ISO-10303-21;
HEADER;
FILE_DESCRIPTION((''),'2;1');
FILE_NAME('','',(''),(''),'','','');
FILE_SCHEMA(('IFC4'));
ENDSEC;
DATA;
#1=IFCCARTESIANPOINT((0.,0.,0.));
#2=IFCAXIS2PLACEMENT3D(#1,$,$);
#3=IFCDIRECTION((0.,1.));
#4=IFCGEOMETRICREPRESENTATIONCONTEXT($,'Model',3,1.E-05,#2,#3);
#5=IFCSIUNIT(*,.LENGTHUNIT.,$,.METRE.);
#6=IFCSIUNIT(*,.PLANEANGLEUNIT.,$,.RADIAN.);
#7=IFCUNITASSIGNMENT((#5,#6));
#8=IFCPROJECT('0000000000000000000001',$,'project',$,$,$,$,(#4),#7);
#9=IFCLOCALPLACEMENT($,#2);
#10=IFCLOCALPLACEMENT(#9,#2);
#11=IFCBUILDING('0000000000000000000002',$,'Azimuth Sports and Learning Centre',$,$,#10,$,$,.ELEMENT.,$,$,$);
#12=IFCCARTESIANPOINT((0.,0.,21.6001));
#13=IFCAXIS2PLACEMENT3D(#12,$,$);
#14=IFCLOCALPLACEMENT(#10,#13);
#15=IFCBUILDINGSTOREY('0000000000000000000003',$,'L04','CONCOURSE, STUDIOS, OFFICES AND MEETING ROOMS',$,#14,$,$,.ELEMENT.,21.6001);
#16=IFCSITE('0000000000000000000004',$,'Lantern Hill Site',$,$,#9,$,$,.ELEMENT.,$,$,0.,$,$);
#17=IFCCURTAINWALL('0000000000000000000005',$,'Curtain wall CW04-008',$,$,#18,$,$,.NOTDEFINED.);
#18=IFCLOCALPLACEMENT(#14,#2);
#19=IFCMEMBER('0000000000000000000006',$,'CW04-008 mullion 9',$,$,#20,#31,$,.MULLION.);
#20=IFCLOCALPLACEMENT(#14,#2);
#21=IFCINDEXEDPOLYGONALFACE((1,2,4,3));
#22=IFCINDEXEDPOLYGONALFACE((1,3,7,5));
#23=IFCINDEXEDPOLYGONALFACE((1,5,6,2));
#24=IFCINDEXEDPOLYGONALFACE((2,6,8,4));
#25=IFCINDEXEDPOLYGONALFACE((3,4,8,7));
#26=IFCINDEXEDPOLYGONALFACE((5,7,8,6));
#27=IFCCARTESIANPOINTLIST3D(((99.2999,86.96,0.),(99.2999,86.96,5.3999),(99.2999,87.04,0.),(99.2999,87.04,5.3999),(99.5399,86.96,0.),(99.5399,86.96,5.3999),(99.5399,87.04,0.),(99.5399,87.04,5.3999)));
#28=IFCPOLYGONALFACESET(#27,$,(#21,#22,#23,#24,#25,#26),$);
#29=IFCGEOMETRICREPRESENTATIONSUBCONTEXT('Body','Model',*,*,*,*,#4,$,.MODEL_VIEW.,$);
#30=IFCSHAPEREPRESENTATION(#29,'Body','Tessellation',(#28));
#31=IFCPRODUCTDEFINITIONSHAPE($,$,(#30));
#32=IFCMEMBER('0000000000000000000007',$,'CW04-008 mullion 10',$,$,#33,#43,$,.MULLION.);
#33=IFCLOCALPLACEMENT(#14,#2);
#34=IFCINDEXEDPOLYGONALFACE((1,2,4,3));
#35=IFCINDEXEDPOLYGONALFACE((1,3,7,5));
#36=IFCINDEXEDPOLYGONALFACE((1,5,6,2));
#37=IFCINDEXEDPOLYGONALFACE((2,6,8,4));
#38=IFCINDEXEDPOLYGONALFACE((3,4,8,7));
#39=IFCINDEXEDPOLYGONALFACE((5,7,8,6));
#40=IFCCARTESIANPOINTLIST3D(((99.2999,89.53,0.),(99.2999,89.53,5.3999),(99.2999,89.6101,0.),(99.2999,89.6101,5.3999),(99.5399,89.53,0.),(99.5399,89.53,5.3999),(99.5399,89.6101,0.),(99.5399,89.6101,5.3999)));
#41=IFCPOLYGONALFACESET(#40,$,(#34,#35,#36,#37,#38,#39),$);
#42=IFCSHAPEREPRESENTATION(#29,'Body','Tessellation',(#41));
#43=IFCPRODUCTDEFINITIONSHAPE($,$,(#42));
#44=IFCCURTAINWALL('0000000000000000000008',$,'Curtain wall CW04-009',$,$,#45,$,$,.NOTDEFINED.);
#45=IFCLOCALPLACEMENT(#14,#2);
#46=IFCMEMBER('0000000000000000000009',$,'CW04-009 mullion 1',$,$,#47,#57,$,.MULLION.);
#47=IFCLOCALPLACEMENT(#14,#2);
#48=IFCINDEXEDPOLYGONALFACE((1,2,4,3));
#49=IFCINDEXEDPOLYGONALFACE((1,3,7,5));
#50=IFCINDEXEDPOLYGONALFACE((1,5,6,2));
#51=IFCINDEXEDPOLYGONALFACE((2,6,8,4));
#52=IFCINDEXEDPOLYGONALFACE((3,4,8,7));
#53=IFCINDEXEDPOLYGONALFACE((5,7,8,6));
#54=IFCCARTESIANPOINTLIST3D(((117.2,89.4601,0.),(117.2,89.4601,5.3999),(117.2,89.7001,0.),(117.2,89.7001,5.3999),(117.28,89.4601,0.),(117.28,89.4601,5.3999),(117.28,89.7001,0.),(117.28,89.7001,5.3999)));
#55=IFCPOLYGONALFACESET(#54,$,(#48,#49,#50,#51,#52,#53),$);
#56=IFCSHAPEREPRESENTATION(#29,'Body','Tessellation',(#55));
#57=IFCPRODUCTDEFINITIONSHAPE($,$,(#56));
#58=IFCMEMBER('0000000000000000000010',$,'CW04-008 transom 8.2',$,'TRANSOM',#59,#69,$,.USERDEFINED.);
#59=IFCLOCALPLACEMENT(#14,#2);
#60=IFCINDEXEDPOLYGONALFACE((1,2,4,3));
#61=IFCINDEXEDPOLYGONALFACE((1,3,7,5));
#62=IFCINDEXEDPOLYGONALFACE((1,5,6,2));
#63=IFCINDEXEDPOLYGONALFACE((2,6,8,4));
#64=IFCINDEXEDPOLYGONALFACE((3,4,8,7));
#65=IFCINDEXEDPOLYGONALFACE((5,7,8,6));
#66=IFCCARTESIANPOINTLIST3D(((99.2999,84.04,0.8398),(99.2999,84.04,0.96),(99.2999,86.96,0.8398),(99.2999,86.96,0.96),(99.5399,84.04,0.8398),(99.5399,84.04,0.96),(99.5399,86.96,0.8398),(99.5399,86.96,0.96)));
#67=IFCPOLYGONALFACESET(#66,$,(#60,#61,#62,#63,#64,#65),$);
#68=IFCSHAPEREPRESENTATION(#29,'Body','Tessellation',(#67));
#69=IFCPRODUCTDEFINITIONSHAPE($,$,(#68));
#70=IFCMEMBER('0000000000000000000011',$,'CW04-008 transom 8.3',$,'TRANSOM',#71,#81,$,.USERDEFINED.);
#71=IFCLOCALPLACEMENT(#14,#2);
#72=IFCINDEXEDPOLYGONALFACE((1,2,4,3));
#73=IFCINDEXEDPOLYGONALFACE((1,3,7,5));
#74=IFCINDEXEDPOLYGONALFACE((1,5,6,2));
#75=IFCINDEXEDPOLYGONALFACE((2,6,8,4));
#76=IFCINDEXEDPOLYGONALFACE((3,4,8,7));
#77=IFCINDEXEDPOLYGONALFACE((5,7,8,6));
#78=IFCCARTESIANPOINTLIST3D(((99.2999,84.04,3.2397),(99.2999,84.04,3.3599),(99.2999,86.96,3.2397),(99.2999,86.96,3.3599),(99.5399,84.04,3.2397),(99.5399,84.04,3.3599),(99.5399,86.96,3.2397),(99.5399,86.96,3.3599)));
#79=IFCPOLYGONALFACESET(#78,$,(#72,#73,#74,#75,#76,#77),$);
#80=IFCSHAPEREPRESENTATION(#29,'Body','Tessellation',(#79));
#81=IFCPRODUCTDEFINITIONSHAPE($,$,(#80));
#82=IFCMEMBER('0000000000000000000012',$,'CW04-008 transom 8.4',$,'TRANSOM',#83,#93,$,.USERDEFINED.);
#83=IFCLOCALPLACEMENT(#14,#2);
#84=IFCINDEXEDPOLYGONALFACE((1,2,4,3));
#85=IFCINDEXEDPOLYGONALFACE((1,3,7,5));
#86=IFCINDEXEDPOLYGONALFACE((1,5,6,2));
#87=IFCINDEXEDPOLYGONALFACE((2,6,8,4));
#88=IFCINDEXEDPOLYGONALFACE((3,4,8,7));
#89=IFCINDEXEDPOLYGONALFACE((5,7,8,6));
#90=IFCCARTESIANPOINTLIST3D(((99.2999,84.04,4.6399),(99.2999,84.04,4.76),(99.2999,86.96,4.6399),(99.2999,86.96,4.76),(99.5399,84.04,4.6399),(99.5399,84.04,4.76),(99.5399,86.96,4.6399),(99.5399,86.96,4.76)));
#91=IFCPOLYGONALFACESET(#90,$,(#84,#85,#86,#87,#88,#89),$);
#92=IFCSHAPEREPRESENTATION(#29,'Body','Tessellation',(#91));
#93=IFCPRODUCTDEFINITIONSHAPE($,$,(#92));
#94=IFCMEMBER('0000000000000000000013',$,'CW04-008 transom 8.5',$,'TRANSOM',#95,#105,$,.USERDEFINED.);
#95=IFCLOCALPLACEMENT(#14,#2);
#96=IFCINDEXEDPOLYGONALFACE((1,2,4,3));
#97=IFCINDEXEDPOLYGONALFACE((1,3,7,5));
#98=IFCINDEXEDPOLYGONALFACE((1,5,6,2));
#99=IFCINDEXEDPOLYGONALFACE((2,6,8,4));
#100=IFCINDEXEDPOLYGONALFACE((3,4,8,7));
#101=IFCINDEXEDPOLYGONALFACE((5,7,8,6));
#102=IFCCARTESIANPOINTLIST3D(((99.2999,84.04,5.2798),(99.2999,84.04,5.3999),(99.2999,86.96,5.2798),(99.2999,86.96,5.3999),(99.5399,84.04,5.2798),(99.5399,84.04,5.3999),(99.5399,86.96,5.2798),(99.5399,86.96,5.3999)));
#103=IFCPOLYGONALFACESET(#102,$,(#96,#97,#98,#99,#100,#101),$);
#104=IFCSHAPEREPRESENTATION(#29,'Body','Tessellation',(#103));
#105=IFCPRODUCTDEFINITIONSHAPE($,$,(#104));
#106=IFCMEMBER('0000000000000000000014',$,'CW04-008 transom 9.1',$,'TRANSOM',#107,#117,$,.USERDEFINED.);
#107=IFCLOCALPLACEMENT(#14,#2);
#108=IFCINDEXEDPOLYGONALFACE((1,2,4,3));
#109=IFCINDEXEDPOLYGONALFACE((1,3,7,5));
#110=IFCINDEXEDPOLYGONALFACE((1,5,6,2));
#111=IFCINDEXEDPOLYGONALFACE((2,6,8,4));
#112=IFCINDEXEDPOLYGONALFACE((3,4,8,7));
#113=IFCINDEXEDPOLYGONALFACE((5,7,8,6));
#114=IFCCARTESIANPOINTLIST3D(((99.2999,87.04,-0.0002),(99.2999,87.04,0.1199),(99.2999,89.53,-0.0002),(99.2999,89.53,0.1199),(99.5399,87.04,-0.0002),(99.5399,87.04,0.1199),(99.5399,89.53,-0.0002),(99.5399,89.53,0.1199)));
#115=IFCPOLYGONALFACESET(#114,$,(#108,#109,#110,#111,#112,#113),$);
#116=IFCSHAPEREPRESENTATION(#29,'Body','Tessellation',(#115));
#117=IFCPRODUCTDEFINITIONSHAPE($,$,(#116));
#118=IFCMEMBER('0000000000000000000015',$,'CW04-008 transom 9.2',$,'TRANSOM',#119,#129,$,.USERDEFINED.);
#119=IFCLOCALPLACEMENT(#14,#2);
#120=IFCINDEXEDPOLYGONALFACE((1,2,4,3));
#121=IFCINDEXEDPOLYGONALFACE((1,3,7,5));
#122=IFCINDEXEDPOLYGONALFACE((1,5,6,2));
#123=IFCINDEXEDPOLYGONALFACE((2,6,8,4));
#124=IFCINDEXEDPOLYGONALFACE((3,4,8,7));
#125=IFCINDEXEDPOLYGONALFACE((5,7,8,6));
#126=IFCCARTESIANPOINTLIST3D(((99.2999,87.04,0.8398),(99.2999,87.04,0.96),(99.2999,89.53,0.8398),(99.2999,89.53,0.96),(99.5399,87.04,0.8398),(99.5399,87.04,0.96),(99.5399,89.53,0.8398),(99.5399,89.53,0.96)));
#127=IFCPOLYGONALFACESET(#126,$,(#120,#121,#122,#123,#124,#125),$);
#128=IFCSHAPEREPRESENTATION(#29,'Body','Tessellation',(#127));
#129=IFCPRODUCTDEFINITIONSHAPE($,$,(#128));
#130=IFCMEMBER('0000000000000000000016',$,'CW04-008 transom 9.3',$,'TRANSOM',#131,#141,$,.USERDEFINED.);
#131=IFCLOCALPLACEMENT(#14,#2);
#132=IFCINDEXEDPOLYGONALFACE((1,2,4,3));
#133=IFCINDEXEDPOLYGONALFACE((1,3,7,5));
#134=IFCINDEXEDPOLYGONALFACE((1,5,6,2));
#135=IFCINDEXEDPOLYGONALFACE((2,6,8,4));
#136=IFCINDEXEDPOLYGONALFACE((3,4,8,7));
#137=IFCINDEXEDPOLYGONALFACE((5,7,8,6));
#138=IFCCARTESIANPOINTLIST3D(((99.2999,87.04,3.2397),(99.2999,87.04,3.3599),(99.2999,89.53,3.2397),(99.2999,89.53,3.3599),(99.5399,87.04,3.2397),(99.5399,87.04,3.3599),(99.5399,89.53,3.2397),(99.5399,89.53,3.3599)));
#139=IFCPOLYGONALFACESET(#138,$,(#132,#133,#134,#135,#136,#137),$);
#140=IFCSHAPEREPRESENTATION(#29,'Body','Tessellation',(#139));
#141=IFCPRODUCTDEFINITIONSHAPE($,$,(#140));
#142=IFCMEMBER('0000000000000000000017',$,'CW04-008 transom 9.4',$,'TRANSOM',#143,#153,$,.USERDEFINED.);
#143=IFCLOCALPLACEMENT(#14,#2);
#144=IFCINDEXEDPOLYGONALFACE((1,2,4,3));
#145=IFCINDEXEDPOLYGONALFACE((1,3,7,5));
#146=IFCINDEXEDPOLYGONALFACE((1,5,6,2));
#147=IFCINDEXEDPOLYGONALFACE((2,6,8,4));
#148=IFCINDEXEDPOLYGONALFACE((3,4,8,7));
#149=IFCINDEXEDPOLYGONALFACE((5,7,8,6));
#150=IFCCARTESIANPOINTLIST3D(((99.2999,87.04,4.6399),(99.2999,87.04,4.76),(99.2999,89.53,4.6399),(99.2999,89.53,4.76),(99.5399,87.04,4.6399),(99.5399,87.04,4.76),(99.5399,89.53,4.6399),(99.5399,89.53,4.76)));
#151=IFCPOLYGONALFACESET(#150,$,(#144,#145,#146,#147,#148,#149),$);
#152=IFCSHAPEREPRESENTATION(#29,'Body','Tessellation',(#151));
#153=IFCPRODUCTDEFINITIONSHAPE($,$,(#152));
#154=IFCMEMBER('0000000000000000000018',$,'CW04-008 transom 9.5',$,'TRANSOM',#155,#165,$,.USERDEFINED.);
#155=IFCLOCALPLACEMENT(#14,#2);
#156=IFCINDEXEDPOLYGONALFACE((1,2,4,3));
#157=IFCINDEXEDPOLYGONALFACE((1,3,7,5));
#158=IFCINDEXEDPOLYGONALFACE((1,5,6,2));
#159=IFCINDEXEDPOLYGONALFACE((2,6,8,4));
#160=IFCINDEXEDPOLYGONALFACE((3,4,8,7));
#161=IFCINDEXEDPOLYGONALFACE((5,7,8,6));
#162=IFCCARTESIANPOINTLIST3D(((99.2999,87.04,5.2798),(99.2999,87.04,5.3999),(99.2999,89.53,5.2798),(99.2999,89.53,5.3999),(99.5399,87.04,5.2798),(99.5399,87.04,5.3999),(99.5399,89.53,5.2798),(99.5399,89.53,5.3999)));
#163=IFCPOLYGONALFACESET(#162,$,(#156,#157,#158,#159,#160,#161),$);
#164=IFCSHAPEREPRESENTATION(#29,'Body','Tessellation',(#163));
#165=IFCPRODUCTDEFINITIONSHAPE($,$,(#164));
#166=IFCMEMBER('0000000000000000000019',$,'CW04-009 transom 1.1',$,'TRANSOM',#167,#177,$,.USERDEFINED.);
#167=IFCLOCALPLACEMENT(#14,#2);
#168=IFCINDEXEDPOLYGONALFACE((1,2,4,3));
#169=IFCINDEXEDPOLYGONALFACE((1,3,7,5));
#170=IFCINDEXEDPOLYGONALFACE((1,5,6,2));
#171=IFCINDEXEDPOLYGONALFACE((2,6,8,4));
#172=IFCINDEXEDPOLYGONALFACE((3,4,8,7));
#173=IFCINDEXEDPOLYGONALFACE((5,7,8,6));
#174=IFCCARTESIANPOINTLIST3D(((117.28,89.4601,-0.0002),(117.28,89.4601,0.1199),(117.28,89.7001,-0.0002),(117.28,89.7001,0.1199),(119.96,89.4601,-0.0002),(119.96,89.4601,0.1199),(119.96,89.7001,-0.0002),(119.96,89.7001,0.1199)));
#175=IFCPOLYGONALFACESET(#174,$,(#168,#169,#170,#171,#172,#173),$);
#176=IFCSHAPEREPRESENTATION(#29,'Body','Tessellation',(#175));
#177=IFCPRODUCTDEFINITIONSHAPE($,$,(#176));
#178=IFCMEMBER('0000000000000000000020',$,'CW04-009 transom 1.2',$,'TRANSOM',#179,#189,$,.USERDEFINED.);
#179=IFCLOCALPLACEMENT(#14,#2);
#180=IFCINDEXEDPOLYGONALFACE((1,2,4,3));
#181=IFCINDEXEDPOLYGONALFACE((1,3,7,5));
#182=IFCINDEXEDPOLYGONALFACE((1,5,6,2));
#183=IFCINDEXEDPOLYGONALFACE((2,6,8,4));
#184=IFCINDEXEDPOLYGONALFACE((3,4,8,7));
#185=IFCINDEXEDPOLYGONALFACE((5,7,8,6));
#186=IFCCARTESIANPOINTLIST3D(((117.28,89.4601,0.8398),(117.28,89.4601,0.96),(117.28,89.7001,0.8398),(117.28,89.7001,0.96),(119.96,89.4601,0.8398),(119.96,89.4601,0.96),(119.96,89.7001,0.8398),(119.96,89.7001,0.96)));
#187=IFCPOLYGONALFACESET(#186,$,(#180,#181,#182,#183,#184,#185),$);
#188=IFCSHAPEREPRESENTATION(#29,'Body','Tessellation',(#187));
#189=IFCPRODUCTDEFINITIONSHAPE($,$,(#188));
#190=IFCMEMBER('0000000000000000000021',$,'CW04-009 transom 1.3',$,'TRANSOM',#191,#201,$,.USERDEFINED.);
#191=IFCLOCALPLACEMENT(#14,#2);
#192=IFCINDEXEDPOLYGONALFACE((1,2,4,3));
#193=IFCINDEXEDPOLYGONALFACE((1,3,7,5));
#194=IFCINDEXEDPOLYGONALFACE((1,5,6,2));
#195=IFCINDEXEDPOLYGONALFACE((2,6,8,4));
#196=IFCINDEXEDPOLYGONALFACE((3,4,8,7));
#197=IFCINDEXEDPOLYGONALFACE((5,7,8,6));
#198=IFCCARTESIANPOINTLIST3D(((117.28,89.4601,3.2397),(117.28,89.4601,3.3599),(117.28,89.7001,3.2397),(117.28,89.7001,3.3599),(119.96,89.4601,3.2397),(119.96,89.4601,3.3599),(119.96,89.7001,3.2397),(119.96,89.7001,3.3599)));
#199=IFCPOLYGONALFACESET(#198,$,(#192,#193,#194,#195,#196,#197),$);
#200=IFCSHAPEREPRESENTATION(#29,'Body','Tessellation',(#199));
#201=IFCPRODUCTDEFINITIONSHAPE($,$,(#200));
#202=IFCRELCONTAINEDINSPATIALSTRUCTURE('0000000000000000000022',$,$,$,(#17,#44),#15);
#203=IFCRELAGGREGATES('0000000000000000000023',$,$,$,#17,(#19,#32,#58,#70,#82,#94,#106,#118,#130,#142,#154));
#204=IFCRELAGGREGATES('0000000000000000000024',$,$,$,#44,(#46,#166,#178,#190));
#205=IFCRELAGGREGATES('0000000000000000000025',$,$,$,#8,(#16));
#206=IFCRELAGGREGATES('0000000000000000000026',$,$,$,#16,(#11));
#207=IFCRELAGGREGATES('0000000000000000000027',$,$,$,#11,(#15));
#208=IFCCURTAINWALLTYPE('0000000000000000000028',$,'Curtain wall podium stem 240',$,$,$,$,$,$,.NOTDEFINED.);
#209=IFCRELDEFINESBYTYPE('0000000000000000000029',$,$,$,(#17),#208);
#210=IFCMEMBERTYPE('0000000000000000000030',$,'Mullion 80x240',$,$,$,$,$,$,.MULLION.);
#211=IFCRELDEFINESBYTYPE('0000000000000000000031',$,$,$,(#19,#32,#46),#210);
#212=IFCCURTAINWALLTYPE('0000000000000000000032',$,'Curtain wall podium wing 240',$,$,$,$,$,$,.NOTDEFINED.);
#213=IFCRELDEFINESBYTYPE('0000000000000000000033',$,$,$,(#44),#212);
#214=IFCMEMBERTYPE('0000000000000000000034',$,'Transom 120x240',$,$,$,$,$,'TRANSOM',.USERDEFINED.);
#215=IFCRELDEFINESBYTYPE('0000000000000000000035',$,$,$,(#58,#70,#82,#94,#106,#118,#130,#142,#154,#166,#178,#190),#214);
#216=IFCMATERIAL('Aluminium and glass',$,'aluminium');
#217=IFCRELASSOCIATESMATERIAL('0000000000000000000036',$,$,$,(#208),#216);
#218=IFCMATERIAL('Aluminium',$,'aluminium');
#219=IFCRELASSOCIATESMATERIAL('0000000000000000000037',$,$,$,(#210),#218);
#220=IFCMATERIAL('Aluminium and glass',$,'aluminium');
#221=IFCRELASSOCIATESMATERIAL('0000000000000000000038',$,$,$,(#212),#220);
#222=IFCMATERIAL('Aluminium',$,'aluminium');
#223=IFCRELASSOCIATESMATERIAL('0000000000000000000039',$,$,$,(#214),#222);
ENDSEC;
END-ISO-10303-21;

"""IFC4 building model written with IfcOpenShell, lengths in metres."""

from ifc_helpers import new_model, si_unit, direction, frame, origin, origin_2d, place, context, subcontext, project, spatial, rectangle, extrude, material, material_profile, profile_set, type_object, element, aggregate, save


model = new_model("IFC4")

# Units and contexts
model_context = context("Model", 3, precision=1e-05, world=origin(), true_north=direction((0.0, 1.0)))
body_context = subcontext(model_context, "Body", "Model", "MODEL_VIEW")
ifc_project = project(units=[si_unit("LENGTHUNIT", "METRE"), si_unit("PLANEANGLEUNIT", "RADIAN")], contexts=[model_context])

# Site, building, storey
site_placement = place(None, origin())
site = spatial("IfcSite", under=ifc_project, at=site_placement, Name="Lantern Hill Site", CompositionType="ELEMENT", RefElevation=0.0)
building_placement = place(site_placement, origin())
building = spatial("IfcBuilding", under=site, at=building_placement, Name="Azimuth Sports and Learning Centre", CompositionType="ELEMENT")
storey_placement = place(building_placement, frame((0.0, 0.0, 21.6001)))
storey = spatial("IfcBuildingStorey", under=building, at=storey_placement, Name="L04", Description="CONCOURSE, STUDIOS, OFFICES AND MEETING ROOMS", CompositionType="ELEMENT", Elevation=21.6001)

# Curtain wall, members
ifc_material_1 = material(Name="Aluminium and glass", Category="aluminium")
curtain_wall_type_1 = type_object("IfcCurtainWallType", Name="Curtain wall podium stem 240", PredefinedType="NOTDEFINED", material=ifc_material_1)
curtain_wall_1_placement = place(storey_placement, origin())
curtain_wall_1 = element("IfcCurtainWall", 1, at=curtain_wall_1_placement, inside=storey, type_object=curtain_wall_type_1, Name="Curtain wall CW04-008", PredefinedType="NOTDEFINED")
ifc_material_2 = material(Name="Aluminium", Category="aluminium")
ifc_material_profile_1 = material_profile(ifc_material_2, rectangle(XDim=0.24, YDim=0.0801, at=origin_2d()), Name="Mullion 80x240")
ifc_profile_set_1 = profile_set([ifc_material_profile_1], Name="Aluminium")
member_type_1 = type_object("IfcMemberType", Name="Mullion 80x240", PredefinedType="MULLION", material=ifc_profile_set_1)
member_1_placement = place(storey_placement, frame((99.4199, 87.0, 0.0), z_axis=(0.0, 0.0, 1.0), x_axis=(-1.0, 0.0, 0.0)))
member_1 = element("IfcMember", 2, at=member_1_placement, type_object=member_type_1, Name="CW04-008 mullion 9", PredefinedType="MULLION", context=body_context, shape_type="SweptSolid", body=[
    extrude(rectangle(XDim=0.24, YDim=0.0801, at=origin_2d()), origin(), (0.0, 0.0, 1.0), 5.3999),
])
member_2_placement = place(storey_placement, frame((99.4199, 89.5701, 0.0), z_axis=(0.0, 0.0, 1.0), x_axis=(-1.0, 0.0, 0.0)))
member_2 = element("IfcMember", 3, at=member_2_placement, type_object=member_type_1, Name="CW04-008 mullion 10", PredefinedType="MULLION", context=body_context, shape_type="SweptSolid", body=[
    extrude(rectangle(XDim=0.24, YDim=0.0801, at=origin_2d()), origin(), (0.0, 0.0, 1.0), 5.3999),
])

# Curtain wall, member
ifc_material_3 = material(Name="Aluminium and glass", Category="aluminium")
curtain_wall_type_2 = type_object("IfcCurtainWallType", Name="Curtain wall podium wing 240", PredefinedType="NOTDEFINED", material=ifc_material_3)
curtain_wall_2_placement = place(storey_placement, origin())
curtain_wall_2 = element("IfcCurtainWall", 4, at=curtain_wall_2_placement, inside=storey, type_object=curtain_wall_type_2, Name="Curtain wall CW04-009", PredefinedType="NOTDEFINED")
member_3_placement = place(storey_placement, frame((117.24, 89.5801, 0.0), z_axis=(0.0, 0.0, 1.0), x_axis=(0.0, 1.0, 0.0)))
member_3 = element("IfcMember", 5, at=member_3_placement, type_object=member_type_1, Name="CW04-009 mullion 1", PredefinedType="MULLION", context=body_context, shape_type="SweptSolid", body=[
    extrude(rectangle(XDim=0.24, YDim=0.0801, at=origin_2d()), origin(), (0.0, 0.0, 1.0), 5.3999),
])

# Members
ifc_material_4 = material(Name="Aluminium", Category="aluminium")
ifc_material_profile_2 = material_profile(ifc_material_4, rectangle(XDim=0.24, YDim=0.1201, at=origin_2d()), Name="Transom 120x240")
ifc_profile_set_2 = profile_set([ifc_material_profile_2], Name="Aluminium")
member_type_2 = type_object("IfcMemberType", Name="Transom 120x240", ElementType="TRANSOM", PredefinedType="USERDEFINED", material=ifc_profile_set_2)
member_4_placement = place(storey_placement, frame((99.4199, 84.04, 0.8999), z_axis=(0.0, 1.0, 0.0), x_axis=(-1.0, 0.0, 0.0)))
member_4 = element("IfcMember", 6, at=member_4_placement, type_object=member_type_2, Name="CW04-008 transom 8.2", ObjectType="TRANSOM", PredefinedType="USERDEFINED", context=body_context, shape_type="SweptSolid", body=[
    extrude(rectangle(XDim=0.24, YDim=0.1201, at=origin_2d()), origin(), (0.0, 0.0, 1.0), 2.9199),
])
member_5_placement = place(storey_placement, frame((99.4199, 84.04, 3.2998), z_axis=(0.0, 1.0, 0.0), x_axis=(-1.0, 0.0, 0.0)))
member_5 = element("IfcMember", 7, at=member_5_placement, type_object=member_type_2, Name="CW04-008 transom 8.3", ObjectType="TRANSOM", PredefinedType="USERDEFINED", context=body_context, shape_type="SweptSolid", body=[
    extrude(rectangle(XDim=0.24, YDim=0.1201, at=origin_2d()), origin(), (0.0, 0.0, 1.0), 2.9199),
])
member_6_placement = place(storey_placement, frame((99.4199, 84.04, 4.7), z_axis=(0.0, 1.0, 0.0), x_axis=(-1.0, 0.0, 0.0)))
member_6 = element("IfcMember", 8, at=member_6_placement, type_object=member_type_2, Name="CW04-008 transom 8.4", ObjectType="TRANSOM", PredefinedType="USERDEFINED", context=body_context, shape_type="SweptSolid", body=[
    extrude(rectangle(XDim=0.24, YDim=0.1201, at=origin_2d()), origin(), (0.0, 0.0, 1.0), 2.9199),
])
member_7_placement = place(storey_placement, frame((99.4199, 84.04, 5.3398), z_axis=(0.0, 1.0, 0.0), x_axis=(-1.0, 0.0, 0.0)))
member_7 = element("IfcMember", 9, at=member_7_placement, type_object=member_type_2, Name="CW04-008 transom 8.5", ObjectType="TRANSOM", PredefinedType="USERDEFINED", context=body_context, shape_type="SweptSolid", body=[
    extrude(rectangle(XDim=0.24, YDim=0.1201, at=origin_2d()), origin(), (0.0, 0.0, 1.0), 2.9199),
])
member_8_placement = place(storey_placement, frame((99.4199, 87.04, 0.0598), z_axis=(0.0, 1.0, 0.0), x_axis=(-1.0, 0.0, 0.0)))
member_8 = element("IfcMember", 10, at=member_8_placement, type_object=member_type_2, Name="CW04-008 transom 9.1", ObjectType="TRANSOM", PredefinedType="USERDEFINED", context=body_context, shape_type="SweptSolid", body=[
    extrude(rectangle(XDim=0.24, YDim=0.1201, at=origin_2d()), origin(), (0.0, 0.0, 1.0), 2.49),
])
member_9_placement = place(storey_placement, frame((99.4199, 87.04, 0.8999), z_axis=(0.0, 1.0, 0.0), x_axis=(-1.0, 0.0, 0.0)))
member_9 = element("IfcMember", 11, at=member_9_placement, type_object=member_type_2, Name="CW04-008 transom 9.2", ObjectType="TRANSOM", PredefinedType="USERDEFINED", context=body_context, shape_type="SweptSolid", body=[
    extrude(rectangle(XDim=0.24, YDim=0.1201, at=origin_2d()), origin(), (0.0, 0.0, 1.0), 2.49),
])
member_10_placement = place(storey_placement, frame((99.4199, 87.04, 3.2998), z_axis=(0.0, 1.0, 0.0), x_axis=(-1.0, 0.0, 0.0)))
member_10 = element("IfcMember", 12, at=member_10_placement, type_object=member_type_2, Name="CW04-008 transom 9.3", ObjectType="TRANSOM", PredefinedType="USERDEFINED", context=body_context, shape_type="SweptSolid", body=[
    extrude(rectangle(XDim=0.24, YDim=0.1201, at=origin_2d()), origin(), (0.0, 0.0, 1.0), 2.49),
])
member_11_placement = place(storey_placement, frame((99.4199, 87.04, 4.7), z_axis=(0.0, 1.0, 0.0), x_axis=(-1.0, 0.0, 0.0)))
member_11 = element("IfcMember", 13, at=member_11_placement, type_object=member_type_2, Name="CW04-008 transom 9.4", ObjectType="TRANSOM", PredefinedType="USERDEFINED", context=body_context, shape_type="SweptSolid", body=[
    extrude(rectangle(XDim=0.24, YDim=0.1201, at=origin_2d()), origin(), (0.0, 0.0, 1.0), 2.49),
])
member_12_placement = place(storey_placement, frame((99.4199, 87.04, 5.3398), z_axis=(0.0, 1.0, 0.0), x_axis=(-1.0, 0.0, 0.0)))
member_12 = element("IfcMember", 14, at=member_12_placement, type_object=member_type_2, Name="CW04-008 transom 9.5", ObjectType="TRANSOM", PredefinedType="USERDEFINED", context=body_context, shape_type="SweptSolid", body=[
    extrude(rectangle(XDim=0.24, YDim=0.1201, at=origin_2d()), origin(), (0.0, 0.0, 1.0), 2.49),
])
member_13_placement = place(storey_placement, frame((117.28, 89.5801, 0.0598), z_axis=(1.0, 0.0, 0.0), x_axis=(0.0, 1.0, 0.0)))
member_13 = element("IfcMember", 15, at=member_13_placement, type_object=member_type_2, Name="CW04-009 transom 1.1", ObjectType="TRANSOM", PredefinedType="USERDEFINED", context=body_context, shape_type="SweptSolid", body=[
    extrude(rectangle(XDim=0.24, YDim=0.1201, at=origin_2d()), origin(), (0.0, 0.0, 1.0), 2.6799),
])
member_14_placement = place(storey_placement, frame((117.28, 89.5801, 0.8999), z_axis=(1.0, 0.0, 0.0), x_axis=(0.0, 1.0, 0.0)))
member_14 = element("IfcMember", 16, at=member_14_placement, type_object=member_type_2, Name="CW04-009 transom 1.2", ObjectType="TRANSOM", PredefinedType="USERDEFINED", context=body_context, shape_type="SweptSolid", body=[
    extrude(rectangle(XDim=0.24, YDim=0.1201, at=origin_2d()), origin(), (0.0, 0.0, 1.0), 2.6799),
])
member_15_placement = place(storey_placement, frame((117.28, 89.5801, 3.2998), z_axis=(1.0, 0.0, 0.0), x_axis=(0.0, 1.0, 0.0)))
member_15 = element("IfcMember", 17, at=member_15_placement, type_object=member_type_2, Name="CW04-009 transom 1.3", ObjectType="TRANSOM", PredefinedType="USERDEFINED", context=body_context, shape_type="SweptSolid", body=[
    extrude(rectangle(XDim=0.24, YDim=0.1201, at=origin_2d()), origin(), (0.0, 0.0, 1.0), 2.6799),
])

aggregate(curtain_wall_1, [member_1, member_2, member_4, member_5, member_6, member_7, member_8, member_9, member_10, member_11, member_12])
aggregate(curtain_wall_2, [member_3, member_13, member_14, member_15])

save(model, "model.ifc")
